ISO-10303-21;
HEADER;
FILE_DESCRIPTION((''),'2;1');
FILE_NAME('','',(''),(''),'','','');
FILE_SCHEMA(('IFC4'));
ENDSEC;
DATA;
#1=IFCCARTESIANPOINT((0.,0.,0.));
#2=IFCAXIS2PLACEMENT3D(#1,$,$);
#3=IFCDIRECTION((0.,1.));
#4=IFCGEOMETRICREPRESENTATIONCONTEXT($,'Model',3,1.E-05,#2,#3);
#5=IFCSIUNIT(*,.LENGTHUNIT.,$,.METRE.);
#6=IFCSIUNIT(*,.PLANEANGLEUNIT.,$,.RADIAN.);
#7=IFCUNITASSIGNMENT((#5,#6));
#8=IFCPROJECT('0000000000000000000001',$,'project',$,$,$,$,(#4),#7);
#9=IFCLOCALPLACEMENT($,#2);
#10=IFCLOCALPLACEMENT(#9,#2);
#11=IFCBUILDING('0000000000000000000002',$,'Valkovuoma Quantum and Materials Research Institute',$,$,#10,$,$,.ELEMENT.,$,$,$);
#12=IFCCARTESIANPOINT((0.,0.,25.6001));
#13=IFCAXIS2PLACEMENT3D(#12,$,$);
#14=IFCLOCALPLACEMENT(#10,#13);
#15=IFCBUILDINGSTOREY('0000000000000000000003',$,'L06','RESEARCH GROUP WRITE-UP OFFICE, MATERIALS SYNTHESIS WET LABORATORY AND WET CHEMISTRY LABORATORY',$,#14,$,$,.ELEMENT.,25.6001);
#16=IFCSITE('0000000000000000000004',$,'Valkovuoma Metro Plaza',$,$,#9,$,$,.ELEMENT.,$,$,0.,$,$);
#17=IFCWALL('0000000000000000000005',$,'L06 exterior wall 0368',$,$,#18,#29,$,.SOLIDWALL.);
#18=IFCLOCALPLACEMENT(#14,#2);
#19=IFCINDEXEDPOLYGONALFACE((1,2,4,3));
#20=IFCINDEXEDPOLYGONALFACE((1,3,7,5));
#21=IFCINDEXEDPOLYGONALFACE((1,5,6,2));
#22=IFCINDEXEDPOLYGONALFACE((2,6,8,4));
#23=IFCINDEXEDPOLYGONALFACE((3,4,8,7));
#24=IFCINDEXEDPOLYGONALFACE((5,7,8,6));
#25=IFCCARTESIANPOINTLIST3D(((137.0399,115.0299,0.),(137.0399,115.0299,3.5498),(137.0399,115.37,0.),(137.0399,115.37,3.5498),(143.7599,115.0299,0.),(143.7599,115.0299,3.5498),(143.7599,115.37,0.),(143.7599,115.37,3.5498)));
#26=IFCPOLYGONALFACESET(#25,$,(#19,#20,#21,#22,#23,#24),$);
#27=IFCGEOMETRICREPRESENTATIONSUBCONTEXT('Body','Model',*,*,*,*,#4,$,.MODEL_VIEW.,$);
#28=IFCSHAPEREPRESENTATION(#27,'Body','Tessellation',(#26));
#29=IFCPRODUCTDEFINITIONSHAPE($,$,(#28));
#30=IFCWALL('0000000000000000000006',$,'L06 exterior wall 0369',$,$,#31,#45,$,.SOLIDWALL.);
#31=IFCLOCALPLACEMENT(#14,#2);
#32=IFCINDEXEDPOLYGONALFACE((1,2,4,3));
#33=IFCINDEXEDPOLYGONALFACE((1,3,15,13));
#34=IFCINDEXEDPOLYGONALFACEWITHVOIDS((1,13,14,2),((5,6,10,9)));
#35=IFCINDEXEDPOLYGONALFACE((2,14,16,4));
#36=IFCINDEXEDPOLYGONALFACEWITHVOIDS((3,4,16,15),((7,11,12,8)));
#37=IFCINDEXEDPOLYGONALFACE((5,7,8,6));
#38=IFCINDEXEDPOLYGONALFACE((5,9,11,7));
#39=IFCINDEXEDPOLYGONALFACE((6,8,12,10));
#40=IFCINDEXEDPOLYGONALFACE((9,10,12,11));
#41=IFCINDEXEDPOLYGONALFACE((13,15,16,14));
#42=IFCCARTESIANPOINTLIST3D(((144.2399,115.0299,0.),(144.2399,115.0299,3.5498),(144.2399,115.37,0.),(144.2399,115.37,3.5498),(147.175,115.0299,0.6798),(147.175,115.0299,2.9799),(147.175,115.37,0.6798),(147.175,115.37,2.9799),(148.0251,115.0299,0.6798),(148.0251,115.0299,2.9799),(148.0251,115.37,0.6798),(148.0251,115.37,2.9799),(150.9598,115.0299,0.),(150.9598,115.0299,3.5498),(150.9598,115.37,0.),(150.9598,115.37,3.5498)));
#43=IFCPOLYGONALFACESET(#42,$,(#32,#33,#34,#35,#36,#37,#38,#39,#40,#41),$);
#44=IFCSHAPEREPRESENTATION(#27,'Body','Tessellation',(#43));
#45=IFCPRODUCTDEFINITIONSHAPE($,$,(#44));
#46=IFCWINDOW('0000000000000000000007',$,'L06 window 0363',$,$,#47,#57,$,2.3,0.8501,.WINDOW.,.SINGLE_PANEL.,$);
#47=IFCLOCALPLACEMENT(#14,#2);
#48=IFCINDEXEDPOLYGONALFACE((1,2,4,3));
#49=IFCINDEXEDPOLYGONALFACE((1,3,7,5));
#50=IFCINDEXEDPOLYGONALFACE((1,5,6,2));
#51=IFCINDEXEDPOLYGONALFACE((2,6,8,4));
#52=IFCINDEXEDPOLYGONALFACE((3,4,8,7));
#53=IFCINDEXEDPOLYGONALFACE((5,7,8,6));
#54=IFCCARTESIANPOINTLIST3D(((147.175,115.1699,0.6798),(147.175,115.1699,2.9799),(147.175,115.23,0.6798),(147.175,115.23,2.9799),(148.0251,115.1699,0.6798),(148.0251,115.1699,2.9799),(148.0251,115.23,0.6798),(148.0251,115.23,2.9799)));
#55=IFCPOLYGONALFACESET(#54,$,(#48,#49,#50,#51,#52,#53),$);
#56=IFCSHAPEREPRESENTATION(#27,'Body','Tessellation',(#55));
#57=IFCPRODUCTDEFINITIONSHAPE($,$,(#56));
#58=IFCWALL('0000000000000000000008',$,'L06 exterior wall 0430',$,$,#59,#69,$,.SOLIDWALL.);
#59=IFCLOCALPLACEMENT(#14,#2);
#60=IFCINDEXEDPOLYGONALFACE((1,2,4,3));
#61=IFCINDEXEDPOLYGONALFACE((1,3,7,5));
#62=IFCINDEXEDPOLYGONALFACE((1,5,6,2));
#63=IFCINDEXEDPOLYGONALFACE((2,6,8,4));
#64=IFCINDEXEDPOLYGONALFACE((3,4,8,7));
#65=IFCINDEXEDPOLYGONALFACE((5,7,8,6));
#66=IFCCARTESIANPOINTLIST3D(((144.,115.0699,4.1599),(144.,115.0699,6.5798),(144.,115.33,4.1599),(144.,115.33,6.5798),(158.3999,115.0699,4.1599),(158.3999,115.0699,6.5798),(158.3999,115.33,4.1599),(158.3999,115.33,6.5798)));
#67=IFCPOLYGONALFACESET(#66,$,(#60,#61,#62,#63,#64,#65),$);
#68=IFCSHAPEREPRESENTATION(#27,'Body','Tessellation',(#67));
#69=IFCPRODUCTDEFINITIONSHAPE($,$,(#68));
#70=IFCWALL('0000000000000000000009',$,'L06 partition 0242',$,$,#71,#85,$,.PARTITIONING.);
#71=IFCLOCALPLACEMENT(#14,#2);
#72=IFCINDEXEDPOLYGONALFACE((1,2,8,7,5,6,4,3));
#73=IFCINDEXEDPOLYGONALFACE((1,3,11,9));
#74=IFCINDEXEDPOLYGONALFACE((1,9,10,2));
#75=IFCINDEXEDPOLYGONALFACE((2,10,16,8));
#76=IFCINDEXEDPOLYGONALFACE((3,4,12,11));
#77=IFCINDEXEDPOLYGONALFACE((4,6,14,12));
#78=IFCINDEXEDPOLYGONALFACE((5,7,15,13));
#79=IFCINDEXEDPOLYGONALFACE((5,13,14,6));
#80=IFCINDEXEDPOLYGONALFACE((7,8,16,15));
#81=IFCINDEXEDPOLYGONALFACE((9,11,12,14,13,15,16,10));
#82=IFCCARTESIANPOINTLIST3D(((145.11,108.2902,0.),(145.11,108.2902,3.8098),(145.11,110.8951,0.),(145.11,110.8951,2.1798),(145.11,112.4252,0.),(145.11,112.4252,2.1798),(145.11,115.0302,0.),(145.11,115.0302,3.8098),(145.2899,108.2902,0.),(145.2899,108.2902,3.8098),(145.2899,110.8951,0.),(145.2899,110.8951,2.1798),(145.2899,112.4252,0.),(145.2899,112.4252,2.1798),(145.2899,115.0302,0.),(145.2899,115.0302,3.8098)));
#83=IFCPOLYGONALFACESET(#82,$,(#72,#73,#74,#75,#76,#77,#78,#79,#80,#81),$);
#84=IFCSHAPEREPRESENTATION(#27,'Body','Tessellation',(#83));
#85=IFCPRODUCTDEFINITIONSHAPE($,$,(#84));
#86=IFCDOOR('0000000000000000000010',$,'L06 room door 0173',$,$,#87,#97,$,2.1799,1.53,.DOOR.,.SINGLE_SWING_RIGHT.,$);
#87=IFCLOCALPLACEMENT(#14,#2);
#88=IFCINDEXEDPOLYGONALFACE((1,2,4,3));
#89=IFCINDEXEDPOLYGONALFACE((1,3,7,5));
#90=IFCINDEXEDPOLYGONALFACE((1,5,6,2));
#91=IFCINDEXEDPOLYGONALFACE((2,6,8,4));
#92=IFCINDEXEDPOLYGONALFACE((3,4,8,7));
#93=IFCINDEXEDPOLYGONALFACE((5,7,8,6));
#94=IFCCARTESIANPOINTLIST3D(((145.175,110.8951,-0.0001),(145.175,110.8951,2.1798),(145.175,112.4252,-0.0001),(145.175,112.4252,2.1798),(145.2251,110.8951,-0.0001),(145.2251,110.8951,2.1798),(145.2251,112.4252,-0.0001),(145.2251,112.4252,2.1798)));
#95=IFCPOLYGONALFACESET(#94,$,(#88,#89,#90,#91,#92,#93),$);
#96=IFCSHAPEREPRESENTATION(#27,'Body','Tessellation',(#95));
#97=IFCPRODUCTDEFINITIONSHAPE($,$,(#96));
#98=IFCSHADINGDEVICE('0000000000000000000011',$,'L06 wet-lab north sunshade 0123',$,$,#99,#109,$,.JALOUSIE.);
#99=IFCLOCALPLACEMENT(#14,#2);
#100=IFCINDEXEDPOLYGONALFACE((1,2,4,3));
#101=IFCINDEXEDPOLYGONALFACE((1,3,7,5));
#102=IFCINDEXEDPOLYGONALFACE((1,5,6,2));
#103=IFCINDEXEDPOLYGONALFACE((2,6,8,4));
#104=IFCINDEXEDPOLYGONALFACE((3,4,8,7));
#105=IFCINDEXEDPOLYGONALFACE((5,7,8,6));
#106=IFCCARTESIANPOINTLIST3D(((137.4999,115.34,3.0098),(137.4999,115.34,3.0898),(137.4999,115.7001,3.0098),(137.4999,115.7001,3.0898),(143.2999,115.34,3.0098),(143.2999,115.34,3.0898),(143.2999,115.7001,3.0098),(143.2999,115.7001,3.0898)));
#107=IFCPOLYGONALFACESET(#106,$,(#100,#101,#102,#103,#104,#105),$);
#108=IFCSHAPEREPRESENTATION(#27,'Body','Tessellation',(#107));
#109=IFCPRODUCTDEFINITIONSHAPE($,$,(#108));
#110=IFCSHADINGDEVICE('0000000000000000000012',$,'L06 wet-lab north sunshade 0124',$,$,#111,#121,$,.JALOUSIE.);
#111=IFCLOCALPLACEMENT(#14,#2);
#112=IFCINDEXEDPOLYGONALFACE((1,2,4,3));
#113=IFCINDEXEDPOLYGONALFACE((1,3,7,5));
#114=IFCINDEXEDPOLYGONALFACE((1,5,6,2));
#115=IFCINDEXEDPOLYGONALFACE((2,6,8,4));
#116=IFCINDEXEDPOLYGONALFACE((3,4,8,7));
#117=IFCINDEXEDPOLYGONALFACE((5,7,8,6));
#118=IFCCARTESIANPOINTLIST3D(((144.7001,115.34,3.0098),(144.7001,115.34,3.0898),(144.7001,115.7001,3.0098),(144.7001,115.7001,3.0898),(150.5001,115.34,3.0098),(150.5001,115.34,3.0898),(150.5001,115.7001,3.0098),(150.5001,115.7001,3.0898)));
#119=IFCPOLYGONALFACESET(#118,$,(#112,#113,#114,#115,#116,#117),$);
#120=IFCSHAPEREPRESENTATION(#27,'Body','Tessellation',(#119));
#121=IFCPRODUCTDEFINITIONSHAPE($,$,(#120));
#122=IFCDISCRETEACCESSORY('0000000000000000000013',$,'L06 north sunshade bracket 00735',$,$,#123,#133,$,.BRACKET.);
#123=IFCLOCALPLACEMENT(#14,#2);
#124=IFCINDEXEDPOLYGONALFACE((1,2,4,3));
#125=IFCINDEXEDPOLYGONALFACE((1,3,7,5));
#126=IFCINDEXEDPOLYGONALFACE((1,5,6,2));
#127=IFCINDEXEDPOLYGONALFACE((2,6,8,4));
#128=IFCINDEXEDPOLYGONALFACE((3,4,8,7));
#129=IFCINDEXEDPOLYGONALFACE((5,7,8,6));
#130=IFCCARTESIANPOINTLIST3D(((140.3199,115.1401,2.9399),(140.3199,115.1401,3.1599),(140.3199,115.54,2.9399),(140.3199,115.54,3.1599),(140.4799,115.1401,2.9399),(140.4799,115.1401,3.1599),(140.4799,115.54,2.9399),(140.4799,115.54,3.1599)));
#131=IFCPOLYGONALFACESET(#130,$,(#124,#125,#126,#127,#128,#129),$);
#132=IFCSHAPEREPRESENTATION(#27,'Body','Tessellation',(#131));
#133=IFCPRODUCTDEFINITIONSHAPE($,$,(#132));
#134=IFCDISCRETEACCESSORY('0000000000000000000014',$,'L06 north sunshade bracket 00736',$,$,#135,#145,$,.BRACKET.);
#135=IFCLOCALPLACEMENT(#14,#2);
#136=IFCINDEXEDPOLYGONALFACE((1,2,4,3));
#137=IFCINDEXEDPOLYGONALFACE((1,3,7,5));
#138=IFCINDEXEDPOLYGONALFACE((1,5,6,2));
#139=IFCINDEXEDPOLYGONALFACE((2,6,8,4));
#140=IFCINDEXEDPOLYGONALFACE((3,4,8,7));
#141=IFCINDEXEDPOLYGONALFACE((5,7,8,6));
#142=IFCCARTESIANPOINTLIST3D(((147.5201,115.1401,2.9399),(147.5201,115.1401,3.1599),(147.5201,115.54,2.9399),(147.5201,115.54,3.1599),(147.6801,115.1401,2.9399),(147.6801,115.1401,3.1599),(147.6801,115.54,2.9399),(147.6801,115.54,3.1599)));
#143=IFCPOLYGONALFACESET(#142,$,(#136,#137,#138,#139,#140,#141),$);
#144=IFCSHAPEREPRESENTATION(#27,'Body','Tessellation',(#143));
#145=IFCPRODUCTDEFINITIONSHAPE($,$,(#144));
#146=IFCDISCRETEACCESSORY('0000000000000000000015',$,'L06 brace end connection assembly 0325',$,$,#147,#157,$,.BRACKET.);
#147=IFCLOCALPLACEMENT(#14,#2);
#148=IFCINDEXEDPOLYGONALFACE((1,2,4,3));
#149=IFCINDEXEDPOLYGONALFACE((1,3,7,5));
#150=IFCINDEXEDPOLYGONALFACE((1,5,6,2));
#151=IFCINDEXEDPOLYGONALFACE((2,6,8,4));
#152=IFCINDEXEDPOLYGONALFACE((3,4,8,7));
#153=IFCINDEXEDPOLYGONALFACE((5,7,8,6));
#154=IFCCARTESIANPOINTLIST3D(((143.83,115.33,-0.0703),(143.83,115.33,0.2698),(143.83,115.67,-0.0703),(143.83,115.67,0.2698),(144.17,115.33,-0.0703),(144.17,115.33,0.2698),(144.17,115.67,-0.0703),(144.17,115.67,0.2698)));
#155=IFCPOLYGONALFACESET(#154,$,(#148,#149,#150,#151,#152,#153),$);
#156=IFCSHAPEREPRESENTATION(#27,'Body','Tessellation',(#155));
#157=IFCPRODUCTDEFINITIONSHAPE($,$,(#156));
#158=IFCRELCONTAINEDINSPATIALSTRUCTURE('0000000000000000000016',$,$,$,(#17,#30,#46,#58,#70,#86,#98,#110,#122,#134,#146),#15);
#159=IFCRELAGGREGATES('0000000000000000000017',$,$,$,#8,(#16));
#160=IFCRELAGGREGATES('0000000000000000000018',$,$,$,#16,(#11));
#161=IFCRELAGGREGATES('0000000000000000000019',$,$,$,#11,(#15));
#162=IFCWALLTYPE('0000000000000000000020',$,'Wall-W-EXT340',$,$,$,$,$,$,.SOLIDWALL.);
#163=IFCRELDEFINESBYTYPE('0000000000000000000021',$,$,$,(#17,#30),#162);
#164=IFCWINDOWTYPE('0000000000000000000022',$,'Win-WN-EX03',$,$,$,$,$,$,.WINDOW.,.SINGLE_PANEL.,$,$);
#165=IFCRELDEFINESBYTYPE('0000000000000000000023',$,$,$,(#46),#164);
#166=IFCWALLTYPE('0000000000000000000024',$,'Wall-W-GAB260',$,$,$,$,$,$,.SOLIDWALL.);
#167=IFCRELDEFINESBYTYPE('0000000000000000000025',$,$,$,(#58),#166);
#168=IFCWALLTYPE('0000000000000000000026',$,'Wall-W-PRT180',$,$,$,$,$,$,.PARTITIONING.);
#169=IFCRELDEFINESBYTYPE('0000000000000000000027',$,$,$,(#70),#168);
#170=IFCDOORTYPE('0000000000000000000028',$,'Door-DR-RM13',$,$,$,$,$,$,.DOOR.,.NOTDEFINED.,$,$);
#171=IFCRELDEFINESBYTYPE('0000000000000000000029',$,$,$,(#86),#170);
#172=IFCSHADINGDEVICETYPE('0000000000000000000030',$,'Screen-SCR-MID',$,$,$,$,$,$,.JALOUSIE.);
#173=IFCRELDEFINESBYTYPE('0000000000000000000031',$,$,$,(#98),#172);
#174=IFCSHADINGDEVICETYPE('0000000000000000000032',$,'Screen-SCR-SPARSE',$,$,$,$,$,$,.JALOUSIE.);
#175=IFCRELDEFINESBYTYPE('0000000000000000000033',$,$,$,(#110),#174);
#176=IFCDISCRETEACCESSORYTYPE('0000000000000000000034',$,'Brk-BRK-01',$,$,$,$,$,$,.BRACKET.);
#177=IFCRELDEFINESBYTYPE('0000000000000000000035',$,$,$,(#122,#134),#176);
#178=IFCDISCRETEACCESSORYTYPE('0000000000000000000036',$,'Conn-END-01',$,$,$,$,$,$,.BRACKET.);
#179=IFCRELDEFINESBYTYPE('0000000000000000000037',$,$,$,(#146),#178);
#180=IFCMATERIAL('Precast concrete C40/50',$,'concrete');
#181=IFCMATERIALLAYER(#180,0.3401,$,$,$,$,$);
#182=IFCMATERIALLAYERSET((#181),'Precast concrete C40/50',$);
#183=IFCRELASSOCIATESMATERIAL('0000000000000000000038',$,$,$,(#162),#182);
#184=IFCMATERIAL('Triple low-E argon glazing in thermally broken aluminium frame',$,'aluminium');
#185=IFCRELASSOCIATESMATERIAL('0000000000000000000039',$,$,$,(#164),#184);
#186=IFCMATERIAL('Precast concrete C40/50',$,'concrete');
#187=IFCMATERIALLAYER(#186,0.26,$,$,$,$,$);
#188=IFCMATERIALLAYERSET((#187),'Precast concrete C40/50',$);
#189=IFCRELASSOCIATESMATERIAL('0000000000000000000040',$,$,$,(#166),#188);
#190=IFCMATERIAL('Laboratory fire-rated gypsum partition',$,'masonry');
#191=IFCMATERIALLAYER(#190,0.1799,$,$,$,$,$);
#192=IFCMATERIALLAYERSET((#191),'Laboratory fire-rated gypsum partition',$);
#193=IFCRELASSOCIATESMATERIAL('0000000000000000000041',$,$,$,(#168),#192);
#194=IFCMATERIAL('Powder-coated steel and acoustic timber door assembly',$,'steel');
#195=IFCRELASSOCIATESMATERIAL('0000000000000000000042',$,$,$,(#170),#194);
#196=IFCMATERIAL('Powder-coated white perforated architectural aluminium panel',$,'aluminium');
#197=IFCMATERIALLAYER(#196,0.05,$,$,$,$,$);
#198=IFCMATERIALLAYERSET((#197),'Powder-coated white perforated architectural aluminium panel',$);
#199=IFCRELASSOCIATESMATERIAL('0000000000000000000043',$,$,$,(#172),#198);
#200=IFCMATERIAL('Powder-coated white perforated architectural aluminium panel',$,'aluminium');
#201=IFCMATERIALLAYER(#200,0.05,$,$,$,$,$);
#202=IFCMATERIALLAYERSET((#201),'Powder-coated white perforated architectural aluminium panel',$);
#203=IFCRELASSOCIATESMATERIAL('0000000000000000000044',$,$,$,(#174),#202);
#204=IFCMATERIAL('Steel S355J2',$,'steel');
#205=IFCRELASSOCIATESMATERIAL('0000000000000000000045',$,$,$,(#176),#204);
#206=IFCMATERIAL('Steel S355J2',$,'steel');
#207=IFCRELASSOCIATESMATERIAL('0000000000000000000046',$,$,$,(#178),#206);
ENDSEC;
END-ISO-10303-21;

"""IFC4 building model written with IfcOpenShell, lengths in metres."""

from ifc_helpers import new_model, si_unit, direction, frame, frame_2d, origin, origin_2d, place, context, subcontext, project, spatial, rectangle, extrude, material, layer, layer_set, type_object, element, fill, save


model = new_model("IFC4")

# Units and contexts
model_context = context("Model", 3, precision=1e-05, world=origin(), true_north=direction((0.0, 1.0)))
body_context = subcontext(model_context, "Body", "Model", "MODEL_VIEW")
ifc_project = project(units=[si_unit("LENGTHUNIT", "METRE"), si_unit("PLANEANGLEUNIT", "RADIAN")], contexts=[model_context])

# Site, building, storey
site_placement = place(None, origin())
site = spatial("IfcSite", under=ifc_project, at=site_placement, Name="Valkovuoma Metro Plaza", CompositionType="ELEMENT", RefElevation=0.0)
building_placement = place(site_placement, origin())
building = spatial("IfcBuilding", under=site, at=building_placement, Name="Valkovuoma Quantum and Materials Research Institute", CompositionType="ELEMENT")
storey_placement = place(building_placement, frame((0.0, 0.0, 25.6001)))
storey = spatial("IfcBuildingStorey", under=building, at=storey_placement, Name="L06", Description="RESEARCH GROUP WRITE-UP OFFICE, MATERIALS SYNTHESIS WET LABORATORY AND WET CHEMISTRY LABORATORY", CompositionType="ELEMENT", Elevation=25.6001)

# Wall
ifc_material_1 = material(Name="Precast concrete C40/50", Category="concrete")
ifc_layer_1 = layer(ifc_material_1, 0.3401)
ifc_layer_set_1 = layer_set([ifc_layer_1], Name="Precast concrete C40/50")
wall_type_1 = type_object("IfcWallType", Name="Wall-W-EXT340", PredefinedType="SOLIDWALL", material=ifc_layer_set_1)
wall_1_placement = place(storey_placement, frame((137.04, 115.2, 0.0), z_axis=(0.0, 0.0, 1.0), x_axis=(1.0, 0.0, 0.0)))
element("IfcWall", 1, at=wall_1_placement, inside=storey, type_object=wall_type_1, Name="L06 exterior wall 0368", PredefinedType="SOLIDWALL", context=body_context, shape_type="SweptSolid", body=[
    extrude(rectangle(XDim=6.72, YDim=0.3401, at=frame_2d((3.3599, 0.0))), origin(), (0.0, 0.0, 1.0), 3.5498),
])

# Wall, opening, window
wall_2_placement = place(storey_placement, frame((144.24, 115.2, 0.0), z_axis=(0.0, 0.0, 1.0), x_axis=(1.0, 0.0, 0.0)))
wall_2 = element("IfcWall", 2, at=wall_2_placement, inside=storey, type_object=wall_type_1, Name="L06 exterior wall 0369", PredefinedType="SOLIDWALL", context=body_context, shape_type="SweptSolid", body=[
    extrude(rectangle(XDim=6.72, YDim=0.3401, at=frame_2d((3.3599, 0.0))), origin(), (0.0, 0.0, 1.0), 3.5498),
])
opening_1_placement = place(wall_2_placement, frame((2.9351, 0.0, 0.6799)))
opening_1 = element("IfcOpeningElement", 3, at=opening_1_placement, cuts=wall_2, PredefinedType="OPENING", context=body_context, shape_type="SweptSolid", body=[
    extrude(rectangle(XDim=0.8501, YDim=2.3, at=frame_2d((0.425, 1.1499))), frame((0.0, 0.1802, 0.0), z_axis=(0.0, -1.0, 0.0), x_axis=(1.0, 0.0, 0.0)), (0.0, 0.0, 1.0), 0.3601),
])
ifc_material_2 = material(Name="Triple low-E argon glazing in thermally broken aluminium frame", Category="aluminium")
window_type = type_object("IfcWindowType", Name="Win-WN-EX03", PartitioningType="SINGLE_PANEL", PredefinedType="WINDOW", material=ifc_material_2)
window_placement = place(opening_1_placement, origin())
window = element("IfcWindow", 4, at=window_placement, inside=storey, type_object=window_type, Name="L06 window 0363", OverallHeight=2.3, OverallWidth=0.8501, PartitioningType="SINGLE_PANEL", PredefinedType="WINDOW", context=body_context, shape_type="SweptSolid", body=[
    extrude(rectangle(XDim=0.8501, YDim=2.3, at=frame_2d((0.425, 1.1499))), frame((0.0, 0.03, 0.0), z_axis=(0.0, -1.0, 0.0), x_axis=(1.0, 0.0, 0.0)), (0.0, 0.0, 1.0), 0.0601),
])
fill(opening_1, window)

# Wall
ifc_material_3 = material(Name="Precast concrete C40/50", Category="concrete")
ifc_layer_2 = layer(ifc_material_3, 0.26)
ifc_layer_set_2 = layer_set([ifc_layer_2], Name="Precast concrete C40/50")
wall_type_2 = type_object("IfcWallType", Name="Wall-W-GAB260", PredefinedType="SOLIDWALL", material=ifc_layer_set_2)
wall_3_placement = place(storey_placement, frame((144.0, 115.2, 4.1599), z_axis=(0.0, 0.0, 1.0), x_axis=(1.0, 0.0, 0.0)))
element("IfcWall", 5, at=wall_3_placement, inside=storey, type_object=wall_type_2, Name="L06 exterior wall 0430", PredefinedType="SOLIDWALL", context=body_context, shape_type="SweptSolid", body=[
    extrude(rectangle(XDim=14.3999, YDim=0.26, at=frame_2d((7.2, 0.0))), origin(), (0.0, 0.0, 1.0), 2.4199),
])

# Wall, opening, door
ifc_material_4 = material(Name="Laboratory fire-rated gypsum partition", Category="masonry")
ifc_layer_3 = layer(ifc_material_4, 0.1799)
ifc_layer_set_3 = layer_set([ifc_layer_3], Name="Laboratory fire-rated gypsum partition")
wall_type_3 = type_object("IfcWallType", Name="Wall-W-PRT180", PredefinedType="PARTITIONING", material=ifc_layer_set_3)
wall_4_placement = place(storey_placement, frame((145.2, 108.29, 0.0), z_axis=(0.0, 0.0, 1.0), x_axis=(0.0, 1.0, 0.0)))
wall_4 = element("IfcWall", 6, at=wall_4_placement, inside=storey, type_object=wall_type_3, Name="L06 partition 0242", PredefinedType="PARTITIONING", context=body_context, shape_type="SweptSolid", body=[
    extrude(rectangle(XDim=6.74, YDim=0.1799, at=frame_2d((3.3701, 0.0))), origin(), (0.0, 0.0, 1.0), 3.8098),
])
opening_2_placement = place(wall_4_placement, frame((2.605, 0.0, 0.0)))
opening_2 = element("IfcOpeningElement", 7, at=opening_2_placement, cuts=wall_4, PredefinedType="OPENING", context=body_context, shape_type="SweptSolid", body=[
    extrude(rectangle(XDim=1.53, YDim=2.1799, at=frame_2d((0.7651, 1.0898))), frame((0.0, 0.1001, 0.0), z_axis=(0.0, -1.0, 0.0), x_axis=(1.0, 0.0, 0.0)), (0.0, 0.0, 1.0), 0.2),
])
ifc_material_5 = material(Name="Powder-coated steel and acoustic timber door assembly", Category="steel")
door_type = type_object("IfcDoorType", Name="Door-DR-RM13", OperationType="NOTDEFINED", PredefinedType="DOOR", material=ifc_material_5)
door_placement = place(opening_2_placement, origin())
door = element("IfcDoor", 8, at=door_placement, inside=storey, type_object=door_type, Name="L06 room door 0173", OperationType="SINGLE_SWING_RIGHT", OverallHeight=2.1799, OverallWidth=1.53, PredefinedType="DOOR", context=body_context, shape_type="SweptSolid", body=[
    extrude(rectangle(XDim=1.53, YDim=2.1799, at=frame_2d((0.7651, 1.0898))), frame((0.0, 0.0249, 0.0), z_axis=(0.0, -1.0, 0.0), x_axis=(1.0, 0.0, 0.0)), (0.0, 0.0, 1.0), 0.05),
])
fill(opening_2, door)

# Shading devices
ifc_material_6 = material(Name="Powder-coated white perforated architectural aluminium panel", Category="aluminium")
ifc_layer_4 = layer(ifc_material_6, 0.05)
ifc_layer_set_4 = layer_set([ifc_layer_4], Name="Powder-coated white perforated architectural aluminium panel")
shading_device_type_1 = type_object("IfcShadingDeviceType", Name="Screen-SCR-MID", PredefinedType="JALOUSIE", material=ifc_layer_set_4)
shading_device_1_placement = place(storey_placement, frame((140.3999, 115.52, 3.0098), z_axis=(0.0, 0.0, 1.0), x_axis=(1.0, 0.0, 0.0)))
element("IfcShadingDevice", 9, at=shading_device_1_placement, inside=storey, type_object=shading_device_type_1, Name="L06 wet-lab north sunshade 0123", PredefinedType="JALOUSIE", context=body_context, shape_type="SweptSolid", body=[
    extrude(rectangle(XDim=5.8, YDim=0.3601, at=origin_2d()), origin(), (0.0, 0.0, 1.0), 0.0801),
])
ifc_material_7 = material(Name="Powder-coated white perforated architectural aluminium panel", Category="aluminium")
ifc_layer_5 = layer(ifc_material_7, 0.05)
ifc_layer_set_5 = layer_set([ifc_layer_5], Name="Powder-coated white perforated architectural aluminium panel")
shading_device_type_2 = type_object("IfcShadingDeviceType", Name="Screen-SCR-SPARSE", PredefinedType="JALOUSIE", material=ifc_layer_set_5)
shading_device_2_placement = place(storey_placement, frame((147.6001, 115.52, 3.0098), z_axis=(0.0, 0.0, 1.0), x_axis=(1.0, 0.0, 0.0)))
element("IfcShadingDevice", 10, at=shading_device_2_placement, inside=storey, type_object=shading_device_type_2, Name="L06 wet-lab north sunshade 0124", PredefinedType="JALOUSIE", context=body_context, shape_type="SweptSolid", body=[
    extrude(rectangle(XDim=5.8, YDim=0.3601, at=origin_2d()), origin(), (0.0, 0.0, 1.0), 0.0801),
])

# Discrete accessories
ifc_material_8 = material(Name="Steel S355J2", Category="steel")
discrete_accessory_type_1 = type_object("IfcDiscreteAccessoryType", Name="Brk-BRK-01", PredefinedType="BRACKET", material=ifc_material_8)
for number, where, z_axis, x_axis, name in (
    (11, (140.3999, 115.3401, 2.9399), (0.0, 0.0, 1.0), (1.0, 0.0, 0.0), "L06 north sunshade bracket 00735"),
    (12, (147.6001, 115.3401, 2.9399), (0.0, 0.0, 1.0), (1.0, 0.0, 0.0), "L06 north sunshade bracket 00736"),
):
    element("IfcDiscreteAccessory", number, at=place(storey_placement, frame(where, z_axis=z_axis, x_axis=x_axis)), inside=storey, type_object=discrete_accessory_type_1, Name=name, PredefinedType="BRACKET", context=body_context, shape_type="SweptSolid", body=[
        extrude(rectangle(XDim=0.1599, YDim=0.3999, at=origin_2d()), origin(), (0.0, 0.0, 1.0), 0.22),
    ])
ifc_material_9 = material(Name="Steel S355J2", Category="steel")
discrete_accessory_type_2 = type_object("IfcDiscreteAccessoryType", Name="Conn-END-01", PredefinedType="BRACKET", material=ifc_material_9)
discrete_accessory_placement = place(storey_placement, frame((144.0, 115.5, -0.0703), z_axis=(0.0, 0.0, 1.0), x_axis=(1.0, 0.0, 0.0)))
element("IfcDiscreteAccessory", 13, at=discrete_accessory_placement, inside=storey, type_object=discrete_accessory_type_2, Name="L06 brace end connection assembly 0325", PredefinedType="BRACKET", context=body_context, shape_type="SweptSolid", body=[
    extrude(rectangle(XDim=0.3401, YDim=0.3401, at=origin_2d()), origin(), (0.0, 0.0, 1.0), 0.3401),
])

save(model, "model.ifc")
